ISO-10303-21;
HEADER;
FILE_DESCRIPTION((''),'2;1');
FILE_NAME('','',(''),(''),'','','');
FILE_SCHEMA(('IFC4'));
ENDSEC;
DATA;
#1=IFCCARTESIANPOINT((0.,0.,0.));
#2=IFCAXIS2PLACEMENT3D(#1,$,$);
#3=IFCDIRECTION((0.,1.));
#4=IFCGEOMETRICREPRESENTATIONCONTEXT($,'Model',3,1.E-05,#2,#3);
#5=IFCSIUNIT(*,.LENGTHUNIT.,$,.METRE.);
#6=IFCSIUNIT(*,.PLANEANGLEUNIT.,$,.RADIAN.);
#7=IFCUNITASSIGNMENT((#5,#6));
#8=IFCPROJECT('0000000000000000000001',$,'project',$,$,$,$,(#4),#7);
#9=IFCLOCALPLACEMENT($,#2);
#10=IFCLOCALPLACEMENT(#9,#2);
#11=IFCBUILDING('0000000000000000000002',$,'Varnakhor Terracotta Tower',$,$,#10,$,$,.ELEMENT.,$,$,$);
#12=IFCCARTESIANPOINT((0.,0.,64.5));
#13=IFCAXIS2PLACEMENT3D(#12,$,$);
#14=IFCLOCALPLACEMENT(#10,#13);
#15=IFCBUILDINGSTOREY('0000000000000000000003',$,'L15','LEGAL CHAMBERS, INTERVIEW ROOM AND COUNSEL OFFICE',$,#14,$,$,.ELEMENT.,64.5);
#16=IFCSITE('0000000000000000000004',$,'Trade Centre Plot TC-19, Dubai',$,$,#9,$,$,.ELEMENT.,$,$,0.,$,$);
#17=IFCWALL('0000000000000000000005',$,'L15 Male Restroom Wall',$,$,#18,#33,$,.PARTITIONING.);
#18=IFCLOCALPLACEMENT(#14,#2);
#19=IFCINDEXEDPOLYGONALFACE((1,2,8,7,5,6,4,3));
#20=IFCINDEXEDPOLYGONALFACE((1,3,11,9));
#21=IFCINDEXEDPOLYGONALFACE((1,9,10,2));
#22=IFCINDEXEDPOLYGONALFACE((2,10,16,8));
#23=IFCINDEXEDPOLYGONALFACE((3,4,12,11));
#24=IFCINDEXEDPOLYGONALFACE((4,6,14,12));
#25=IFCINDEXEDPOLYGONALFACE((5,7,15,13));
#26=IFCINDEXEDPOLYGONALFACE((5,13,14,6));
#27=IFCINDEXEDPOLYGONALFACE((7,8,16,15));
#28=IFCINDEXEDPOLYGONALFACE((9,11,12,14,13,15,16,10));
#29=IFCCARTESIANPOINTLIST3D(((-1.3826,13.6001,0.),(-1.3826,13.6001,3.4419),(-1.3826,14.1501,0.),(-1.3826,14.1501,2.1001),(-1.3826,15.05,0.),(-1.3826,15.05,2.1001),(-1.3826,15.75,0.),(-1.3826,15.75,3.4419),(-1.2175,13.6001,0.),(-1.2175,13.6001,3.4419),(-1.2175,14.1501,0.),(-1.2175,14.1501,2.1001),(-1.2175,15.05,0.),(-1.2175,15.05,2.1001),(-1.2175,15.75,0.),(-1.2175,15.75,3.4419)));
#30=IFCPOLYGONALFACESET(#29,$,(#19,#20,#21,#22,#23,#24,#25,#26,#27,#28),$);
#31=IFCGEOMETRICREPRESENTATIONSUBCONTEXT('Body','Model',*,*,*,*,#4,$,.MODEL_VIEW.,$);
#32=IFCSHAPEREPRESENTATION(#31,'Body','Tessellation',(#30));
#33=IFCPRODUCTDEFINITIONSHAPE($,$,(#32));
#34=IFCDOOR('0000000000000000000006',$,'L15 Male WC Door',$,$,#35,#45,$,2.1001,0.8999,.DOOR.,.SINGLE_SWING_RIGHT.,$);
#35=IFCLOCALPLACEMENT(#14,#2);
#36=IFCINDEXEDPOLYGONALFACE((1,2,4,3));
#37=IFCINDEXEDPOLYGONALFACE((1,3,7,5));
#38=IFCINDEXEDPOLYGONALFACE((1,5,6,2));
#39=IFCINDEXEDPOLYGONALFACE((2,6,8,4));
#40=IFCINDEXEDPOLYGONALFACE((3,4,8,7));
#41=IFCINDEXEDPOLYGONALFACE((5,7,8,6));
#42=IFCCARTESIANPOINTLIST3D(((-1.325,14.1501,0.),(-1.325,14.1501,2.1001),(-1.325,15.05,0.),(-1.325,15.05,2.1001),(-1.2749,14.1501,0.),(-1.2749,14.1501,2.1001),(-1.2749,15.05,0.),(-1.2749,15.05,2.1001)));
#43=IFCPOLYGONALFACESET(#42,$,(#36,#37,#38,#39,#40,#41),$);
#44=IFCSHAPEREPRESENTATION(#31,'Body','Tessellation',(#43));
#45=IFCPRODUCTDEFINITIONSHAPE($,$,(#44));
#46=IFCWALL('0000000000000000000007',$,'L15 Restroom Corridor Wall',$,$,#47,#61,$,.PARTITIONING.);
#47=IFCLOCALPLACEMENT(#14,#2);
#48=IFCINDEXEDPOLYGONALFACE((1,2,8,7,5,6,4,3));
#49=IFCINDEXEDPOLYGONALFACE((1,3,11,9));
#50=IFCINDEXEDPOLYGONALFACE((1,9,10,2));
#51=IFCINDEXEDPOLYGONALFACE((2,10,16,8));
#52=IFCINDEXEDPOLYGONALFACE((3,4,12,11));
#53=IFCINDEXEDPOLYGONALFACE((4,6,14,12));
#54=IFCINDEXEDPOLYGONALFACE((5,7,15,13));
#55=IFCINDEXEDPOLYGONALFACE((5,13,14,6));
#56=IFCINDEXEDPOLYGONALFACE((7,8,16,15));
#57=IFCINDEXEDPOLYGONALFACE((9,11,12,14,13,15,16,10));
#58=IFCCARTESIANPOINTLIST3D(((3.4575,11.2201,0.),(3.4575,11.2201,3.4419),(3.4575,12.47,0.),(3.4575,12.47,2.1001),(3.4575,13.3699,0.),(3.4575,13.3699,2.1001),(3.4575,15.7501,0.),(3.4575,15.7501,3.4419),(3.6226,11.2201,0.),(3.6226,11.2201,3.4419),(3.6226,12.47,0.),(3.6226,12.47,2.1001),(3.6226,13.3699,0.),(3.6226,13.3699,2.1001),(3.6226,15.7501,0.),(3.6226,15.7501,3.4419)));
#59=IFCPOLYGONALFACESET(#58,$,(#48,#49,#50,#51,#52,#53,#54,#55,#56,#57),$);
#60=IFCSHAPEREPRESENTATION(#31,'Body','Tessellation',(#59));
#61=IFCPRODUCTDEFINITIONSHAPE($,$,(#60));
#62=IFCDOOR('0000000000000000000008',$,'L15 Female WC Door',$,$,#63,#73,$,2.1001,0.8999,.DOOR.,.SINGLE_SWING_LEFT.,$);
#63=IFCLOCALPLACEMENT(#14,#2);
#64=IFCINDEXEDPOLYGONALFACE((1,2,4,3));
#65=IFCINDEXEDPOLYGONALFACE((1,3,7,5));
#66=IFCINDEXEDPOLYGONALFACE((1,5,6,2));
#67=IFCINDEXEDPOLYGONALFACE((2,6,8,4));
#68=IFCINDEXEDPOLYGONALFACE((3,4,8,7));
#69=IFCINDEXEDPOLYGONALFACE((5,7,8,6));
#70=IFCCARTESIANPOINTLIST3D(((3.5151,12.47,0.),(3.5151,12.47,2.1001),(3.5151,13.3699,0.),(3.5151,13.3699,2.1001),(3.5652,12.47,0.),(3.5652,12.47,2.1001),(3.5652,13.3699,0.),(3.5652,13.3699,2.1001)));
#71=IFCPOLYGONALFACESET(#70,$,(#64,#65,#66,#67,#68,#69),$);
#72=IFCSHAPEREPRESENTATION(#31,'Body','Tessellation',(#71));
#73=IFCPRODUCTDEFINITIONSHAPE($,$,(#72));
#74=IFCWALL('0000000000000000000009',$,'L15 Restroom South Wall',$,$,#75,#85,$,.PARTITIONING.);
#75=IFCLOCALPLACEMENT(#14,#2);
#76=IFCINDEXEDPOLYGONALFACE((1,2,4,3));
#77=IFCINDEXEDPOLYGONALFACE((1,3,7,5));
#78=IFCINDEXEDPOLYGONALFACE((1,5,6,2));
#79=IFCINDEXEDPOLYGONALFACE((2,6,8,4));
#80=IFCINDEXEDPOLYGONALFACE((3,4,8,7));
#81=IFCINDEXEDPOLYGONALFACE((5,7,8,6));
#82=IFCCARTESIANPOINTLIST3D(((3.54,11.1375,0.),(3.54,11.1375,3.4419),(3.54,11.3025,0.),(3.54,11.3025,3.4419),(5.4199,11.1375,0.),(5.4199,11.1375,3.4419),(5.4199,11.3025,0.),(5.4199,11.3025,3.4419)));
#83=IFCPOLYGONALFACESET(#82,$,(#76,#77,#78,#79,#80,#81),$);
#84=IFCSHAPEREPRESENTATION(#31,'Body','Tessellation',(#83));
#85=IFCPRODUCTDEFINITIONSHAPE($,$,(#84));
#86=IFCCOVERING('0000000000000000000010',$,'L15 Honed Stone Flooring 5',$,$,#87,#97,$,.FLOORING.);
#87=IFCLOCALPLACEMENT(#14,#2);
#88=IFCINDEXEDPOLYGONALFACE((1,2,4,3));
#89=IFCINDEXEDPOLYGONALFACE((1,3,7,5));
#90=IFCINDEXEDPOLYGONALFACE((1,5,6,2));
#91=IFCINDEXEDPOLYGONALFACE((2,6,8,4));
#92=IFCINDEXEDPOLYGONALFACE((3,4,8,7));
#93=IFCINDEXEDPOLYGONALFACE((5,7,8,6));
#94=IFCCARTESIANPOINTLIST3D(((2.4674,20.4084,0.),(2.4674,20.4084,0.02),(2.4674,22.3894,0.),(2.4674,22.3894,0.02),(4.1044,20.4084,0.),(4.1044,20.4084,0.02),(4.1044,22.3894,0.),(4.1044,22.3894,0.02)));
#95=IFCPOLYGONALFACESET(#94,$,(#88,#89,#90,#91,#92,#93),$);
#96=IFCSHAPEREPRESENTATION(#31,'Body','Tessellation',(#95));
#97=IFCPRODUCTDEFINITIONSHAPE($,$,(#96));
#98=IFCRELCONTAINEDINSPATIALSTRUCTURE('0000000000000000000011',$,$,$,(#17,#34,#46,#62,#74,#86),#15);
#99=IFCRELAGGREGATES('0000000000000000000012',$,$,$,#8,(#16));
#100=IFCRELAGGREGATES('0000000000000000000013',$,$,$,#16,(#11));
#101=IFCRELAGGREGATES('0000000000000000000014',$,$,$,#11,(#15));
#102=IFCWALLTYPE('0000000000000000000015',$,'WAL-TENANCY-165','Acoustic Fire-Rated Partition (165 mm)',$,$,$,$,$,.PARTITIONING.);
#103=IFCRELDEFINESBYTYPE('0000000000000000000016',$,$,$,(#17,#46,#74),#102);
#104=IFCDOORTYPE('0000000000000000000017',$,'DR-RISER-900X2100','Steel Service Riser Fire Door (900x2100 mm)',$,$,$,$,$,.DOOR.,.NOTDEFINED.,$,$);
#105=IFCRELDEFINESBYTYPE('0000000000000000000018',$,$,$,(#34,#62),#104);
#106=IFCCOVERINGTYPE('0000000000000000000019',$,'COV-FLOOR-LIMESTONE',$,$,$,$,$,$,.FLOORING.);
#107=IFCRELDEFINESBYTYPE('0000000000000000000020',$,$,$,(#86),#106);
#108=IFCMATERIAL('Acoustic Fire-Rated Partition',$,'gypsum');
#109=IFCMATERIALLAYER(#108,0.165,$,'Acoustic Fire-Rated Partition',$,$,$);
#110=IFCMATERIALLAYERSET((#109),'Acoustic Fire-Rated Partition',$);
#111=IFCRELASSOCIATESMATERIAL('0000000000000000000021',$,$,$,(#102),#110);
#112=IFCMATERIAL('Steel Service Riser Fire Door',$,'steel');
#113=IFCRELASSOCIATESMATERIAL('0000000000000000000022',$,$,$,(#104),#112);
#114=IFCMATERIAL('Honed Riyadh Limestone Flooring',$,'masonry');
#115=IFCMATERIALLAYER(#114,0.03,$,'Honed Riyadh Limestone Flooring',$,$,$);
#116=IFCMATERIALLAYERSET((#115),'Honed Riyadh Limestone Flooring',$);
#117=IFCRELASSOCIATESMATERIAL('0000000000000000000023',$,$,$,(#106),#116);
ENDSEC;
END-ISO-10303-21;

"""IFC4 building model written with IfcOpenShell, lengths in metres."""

from ifc_helpers import new_model, si_unit, direction, frame, frame_2d, origin, origin_2d, place, context, subcontext, project, spatial, rectangle, extrude, source, transform, mapped, material, layer, layer_set, type_object, type_shapes, element, fill, save


model = new_model("IFC4")

# Units and contexts
model_context = context("Model", 3, precision=1e-05, world=origin(), true_north=direction((0.0, 1.0)))
body_context = subcontext(model_context, "Body", "Model", "MODEL_VIEW")
ifc_project = project(units=[si_unit("LENGTHUNIT", "METRE"), si_unit("PLANEANGLEUNIT", "RADIAN")], contexts=[model_context])

# Site, building, storey
site_placement = place(None, origin())
site = spatial("IfcSite", under=ifc_project, at=site_placement, Name="Trade Centre Plot TC-19, Dubai", CompositionType="ELEMENT", RefElevation=0.0)
building_placement = place(site_placement, origin())
building = spatial("IfcBuilding", under=site, at=building_placement, Name="Varnakhor Terracotta Tower", CompositionType="ELEMENT")
storey_placement = place(building_placement, frame((0.0, 0.0, 64.5)))
storey = spatial("IfcBuildingStorey", under=building, at=storey_placement, Name="L15", Description="LEGAL CHAMBERS, INTERVIEW ROOM AND COUNSEL OFFICE", CompositionType="ELEMENT", Elevation=64.5)

# Walls, openings, doors
ifc_material_1 = material(Name="Acoustic Fire-Rated Partition", Category="gypsum")
ifc_layer_1 = layer(ifc_material_1, 0.165, Name="Acoustic Fire-Rated Partition")
ifc_layer_set_1 = layer_set([ifc_layer_1], Name="Acoustic Fire-Rated Partition")
wall_type_1 = type_object("IfcWallType", Name="WAL-TENANCY-165", Description="Acoustic Fire-Rated Partition (165 mm)", PredefinedType="PARTITIONING", material=ifc_layer_set_1)
wall_1_placement = place(storey_placement, frame((-1.3, 13.6001, 0.0), z_axis=(0.0, 0.0, 1.0), x_axis=(0.0, 1.0, 0.0)))
wall_1 = element("IfcWall", 1, at=wall_1_placement, inside=storey, type_object=wall_type_1, Name="L15 Male Restroom Wall", PredefinedType="PARTITIONING", context=body_context, shape_type="SweptSolid", body=[
    extrude(rectangle(XDim=2.1499, YDim=0.165, at=frame_2d((1.075, 0.0))), origin(), (0.0, 0.0, 1.0), 3.4419),
])
opening_1_placement = place(wall_1_placement, frame((0.55, 0.0, 0.0)))
opening_1 = element("IfcOpeningElement", 2, at=opening_1_placement, cuts=wall_1, PredefinedType="OPENING", context=body_context, shape_type="SweptSolid", body=[
    extrude(rectangle(XDim=0.8999, YDim=2.1001, at=frame_2d((0.45, 1.05))), frame((0.0, 0.0925, 0.0), z_axis=(0.0, -1.0, 0.0), x_axis=(1.0, 0.0, 0.0)), (0.0, 0.0, 1.0), 0.1851),
])
ifc_material_2 = material(Name="Steel Service Riser Fire Door", Category="steel")
door_type_1 = type_object("IfcDoorType", Name="DR-RISER-900X2100", Description="Steel Service Riser Fire Door (900x2100 mm)", OperationType="NOTDEFINED", PredefinedType="DOOR", material=ifc_material_2)
shared_shape_1 = source(origin(), body_context, "Body", "SweptSolid", [
    extrude(rectangle(XDim=0.8999, YDim=2.1001, at=frame_2d((0.45, 1.05))), frame((0.0, 0.0249, 0.0), z_axis=(0.0, -1.0, 0.0), x_axis=(1.0, 0.0, 0.0)), (0.0, 0.0, 1.0), 0.05),
])
type_shapes(door_type_1, [shared_shape_1])
door_1_placement = place(opening_1_placement, origin())
door_1 = element("IfcDoor", 3, at=door_1_placement, inside=storey, type_object=door_type_1, Name="L15 Male WC Door", OperationType="SINGLE_SWING_RIGHT", OverallHeight=2.1001, OverallWidth=0.8999, PredefinedType="DOOR", context=body_context, shape_type="MappedRepresentation", body=[
    mapped(shared_shape_1, transform((0.0, 0.0, 0.0), scale=1.0)),
])
fill(opening_1, door_1)
wall_2_placement = place(storey_placement, frame((3.54, 11.22, 0.0), z_axis=(0.0, 0.0, 1.0), x_axis=(0.0, 1.0, 0.0)))
wall_2 = element("IfcWall", 4, at=wall_2_placement, inside=storey, type_object=wall_type_1, Name="L15 Restroom Corridor Wall", PredefinedType="PARTITIONING", context=body_context, shape_type="SweptSolid", body=[
    extrude(rectangle(XDim=4.53, YDim=0.165, at=frame_2d((2.2651, 0.0))), origin(), (0.0, 0.0, 1.0), 3.4419),
])
opening_2_placement = place(wall_2_placement, frame((1.25, 0.0, 0.0)))
opening_2 = element("IfcOpeningElement", 5, at=opening_2_placement, cuts=wall_2, PredefinedType="OPENING", context=body_context, shape_type="SweptSolid", body=[
    extrude(rectangle(XDim=0.8999, YDim=2.1001, at=frame_2d((0.45, 1.05))), frame((0.0, 0.0925, 0.0), z_axis=(0.0, -1.0, 0.0), x_axis=(1.0, 0.0, 0.0)), (0.0, 0.0, 1.0), 0.1851),
])
door_2_placement = place(opening_2_placement, origin())
door_2 = element("IfcDoor", 6, at=door_2_placement, inside=storey, type_object=door_type_1, Name="L15 Female WC Door", OperationType="SINGLE_SWING_LEFT", OverallHeight=2.1001, OverallWidth=0.8999, PredefinedType="DOOR", context=body_context, shape_type="MappedRepresentation", body=[
    mapped(shared_shape_1, transform((0.0, 0.0, 0.0), scale=1.0)),
])
fill(opening_2, door_2)

# Wall
wall_3_placement = place(storey_placement, frame((3.54, 11.22, 0.0), z_axis=(0.0, 0.0, 1.0), x_axis=(1.0, 0.0, 0.0)))
element("IfcWall", 7, at=wall_3_placement, inside=storey, type_object=wall_type_1, Name="L15 Restroom South Wall", PredefinedType="PARTITIONING", context=body_context, shape_type="SweptSolid", body=[
    extrude(rectangle(XDim=1.8799, YDim=0.165, at=frame_2d((0.9399, 0.0))), origin(), (0.0, 0.0, 1.0), 3.4419),
])

# Covering
ifc_material_3 = material(Name="Honed Riyadh Limestone Flooring", Category="masonry")
ifc_layer_2 = layer(ifc_material_3, 0.03, Name="Honed Riyadh Limestone Flooring")
ifc_layer_set_2 = layer_set([ifc_layer_2], Name="Honed Riyadh Limestone Flooring")
covering_type = type_object("IfcCoveringType", Name="COV-FLOOR-LIMESTONE", PredefinedType="FLOORING", material=ifc_layer_set_2)
shared_shape_2 = source(origin(), body_context, "Body", "SweptSolid", [
    extrude(rectangle(XDim=1.637, YDim=1.981, at=origin_2d()), origin(), (0.0, 0.0, 1.0), 0.02),
])
covering_placement = place(storey_placement, frame((3.2859, 21.3989, 0.0), z_axis=(0.0, 0.0, 1.0), x_axis=(1.0, 0.0, 0.0)))
element("IfcCovering", 8, at=covering_placement, inside=storey, type_object=covering_type, Name="L15 Honed Stone Flooring 5", PredefinedType="FLOORING", context=body_context, shape_type="MappedRepresentation", body=[
    mapped(shared_shape_2, transform((0.0, 0.0, 0.0), scale=1.0)),
])

save(model, "model.ifc")
